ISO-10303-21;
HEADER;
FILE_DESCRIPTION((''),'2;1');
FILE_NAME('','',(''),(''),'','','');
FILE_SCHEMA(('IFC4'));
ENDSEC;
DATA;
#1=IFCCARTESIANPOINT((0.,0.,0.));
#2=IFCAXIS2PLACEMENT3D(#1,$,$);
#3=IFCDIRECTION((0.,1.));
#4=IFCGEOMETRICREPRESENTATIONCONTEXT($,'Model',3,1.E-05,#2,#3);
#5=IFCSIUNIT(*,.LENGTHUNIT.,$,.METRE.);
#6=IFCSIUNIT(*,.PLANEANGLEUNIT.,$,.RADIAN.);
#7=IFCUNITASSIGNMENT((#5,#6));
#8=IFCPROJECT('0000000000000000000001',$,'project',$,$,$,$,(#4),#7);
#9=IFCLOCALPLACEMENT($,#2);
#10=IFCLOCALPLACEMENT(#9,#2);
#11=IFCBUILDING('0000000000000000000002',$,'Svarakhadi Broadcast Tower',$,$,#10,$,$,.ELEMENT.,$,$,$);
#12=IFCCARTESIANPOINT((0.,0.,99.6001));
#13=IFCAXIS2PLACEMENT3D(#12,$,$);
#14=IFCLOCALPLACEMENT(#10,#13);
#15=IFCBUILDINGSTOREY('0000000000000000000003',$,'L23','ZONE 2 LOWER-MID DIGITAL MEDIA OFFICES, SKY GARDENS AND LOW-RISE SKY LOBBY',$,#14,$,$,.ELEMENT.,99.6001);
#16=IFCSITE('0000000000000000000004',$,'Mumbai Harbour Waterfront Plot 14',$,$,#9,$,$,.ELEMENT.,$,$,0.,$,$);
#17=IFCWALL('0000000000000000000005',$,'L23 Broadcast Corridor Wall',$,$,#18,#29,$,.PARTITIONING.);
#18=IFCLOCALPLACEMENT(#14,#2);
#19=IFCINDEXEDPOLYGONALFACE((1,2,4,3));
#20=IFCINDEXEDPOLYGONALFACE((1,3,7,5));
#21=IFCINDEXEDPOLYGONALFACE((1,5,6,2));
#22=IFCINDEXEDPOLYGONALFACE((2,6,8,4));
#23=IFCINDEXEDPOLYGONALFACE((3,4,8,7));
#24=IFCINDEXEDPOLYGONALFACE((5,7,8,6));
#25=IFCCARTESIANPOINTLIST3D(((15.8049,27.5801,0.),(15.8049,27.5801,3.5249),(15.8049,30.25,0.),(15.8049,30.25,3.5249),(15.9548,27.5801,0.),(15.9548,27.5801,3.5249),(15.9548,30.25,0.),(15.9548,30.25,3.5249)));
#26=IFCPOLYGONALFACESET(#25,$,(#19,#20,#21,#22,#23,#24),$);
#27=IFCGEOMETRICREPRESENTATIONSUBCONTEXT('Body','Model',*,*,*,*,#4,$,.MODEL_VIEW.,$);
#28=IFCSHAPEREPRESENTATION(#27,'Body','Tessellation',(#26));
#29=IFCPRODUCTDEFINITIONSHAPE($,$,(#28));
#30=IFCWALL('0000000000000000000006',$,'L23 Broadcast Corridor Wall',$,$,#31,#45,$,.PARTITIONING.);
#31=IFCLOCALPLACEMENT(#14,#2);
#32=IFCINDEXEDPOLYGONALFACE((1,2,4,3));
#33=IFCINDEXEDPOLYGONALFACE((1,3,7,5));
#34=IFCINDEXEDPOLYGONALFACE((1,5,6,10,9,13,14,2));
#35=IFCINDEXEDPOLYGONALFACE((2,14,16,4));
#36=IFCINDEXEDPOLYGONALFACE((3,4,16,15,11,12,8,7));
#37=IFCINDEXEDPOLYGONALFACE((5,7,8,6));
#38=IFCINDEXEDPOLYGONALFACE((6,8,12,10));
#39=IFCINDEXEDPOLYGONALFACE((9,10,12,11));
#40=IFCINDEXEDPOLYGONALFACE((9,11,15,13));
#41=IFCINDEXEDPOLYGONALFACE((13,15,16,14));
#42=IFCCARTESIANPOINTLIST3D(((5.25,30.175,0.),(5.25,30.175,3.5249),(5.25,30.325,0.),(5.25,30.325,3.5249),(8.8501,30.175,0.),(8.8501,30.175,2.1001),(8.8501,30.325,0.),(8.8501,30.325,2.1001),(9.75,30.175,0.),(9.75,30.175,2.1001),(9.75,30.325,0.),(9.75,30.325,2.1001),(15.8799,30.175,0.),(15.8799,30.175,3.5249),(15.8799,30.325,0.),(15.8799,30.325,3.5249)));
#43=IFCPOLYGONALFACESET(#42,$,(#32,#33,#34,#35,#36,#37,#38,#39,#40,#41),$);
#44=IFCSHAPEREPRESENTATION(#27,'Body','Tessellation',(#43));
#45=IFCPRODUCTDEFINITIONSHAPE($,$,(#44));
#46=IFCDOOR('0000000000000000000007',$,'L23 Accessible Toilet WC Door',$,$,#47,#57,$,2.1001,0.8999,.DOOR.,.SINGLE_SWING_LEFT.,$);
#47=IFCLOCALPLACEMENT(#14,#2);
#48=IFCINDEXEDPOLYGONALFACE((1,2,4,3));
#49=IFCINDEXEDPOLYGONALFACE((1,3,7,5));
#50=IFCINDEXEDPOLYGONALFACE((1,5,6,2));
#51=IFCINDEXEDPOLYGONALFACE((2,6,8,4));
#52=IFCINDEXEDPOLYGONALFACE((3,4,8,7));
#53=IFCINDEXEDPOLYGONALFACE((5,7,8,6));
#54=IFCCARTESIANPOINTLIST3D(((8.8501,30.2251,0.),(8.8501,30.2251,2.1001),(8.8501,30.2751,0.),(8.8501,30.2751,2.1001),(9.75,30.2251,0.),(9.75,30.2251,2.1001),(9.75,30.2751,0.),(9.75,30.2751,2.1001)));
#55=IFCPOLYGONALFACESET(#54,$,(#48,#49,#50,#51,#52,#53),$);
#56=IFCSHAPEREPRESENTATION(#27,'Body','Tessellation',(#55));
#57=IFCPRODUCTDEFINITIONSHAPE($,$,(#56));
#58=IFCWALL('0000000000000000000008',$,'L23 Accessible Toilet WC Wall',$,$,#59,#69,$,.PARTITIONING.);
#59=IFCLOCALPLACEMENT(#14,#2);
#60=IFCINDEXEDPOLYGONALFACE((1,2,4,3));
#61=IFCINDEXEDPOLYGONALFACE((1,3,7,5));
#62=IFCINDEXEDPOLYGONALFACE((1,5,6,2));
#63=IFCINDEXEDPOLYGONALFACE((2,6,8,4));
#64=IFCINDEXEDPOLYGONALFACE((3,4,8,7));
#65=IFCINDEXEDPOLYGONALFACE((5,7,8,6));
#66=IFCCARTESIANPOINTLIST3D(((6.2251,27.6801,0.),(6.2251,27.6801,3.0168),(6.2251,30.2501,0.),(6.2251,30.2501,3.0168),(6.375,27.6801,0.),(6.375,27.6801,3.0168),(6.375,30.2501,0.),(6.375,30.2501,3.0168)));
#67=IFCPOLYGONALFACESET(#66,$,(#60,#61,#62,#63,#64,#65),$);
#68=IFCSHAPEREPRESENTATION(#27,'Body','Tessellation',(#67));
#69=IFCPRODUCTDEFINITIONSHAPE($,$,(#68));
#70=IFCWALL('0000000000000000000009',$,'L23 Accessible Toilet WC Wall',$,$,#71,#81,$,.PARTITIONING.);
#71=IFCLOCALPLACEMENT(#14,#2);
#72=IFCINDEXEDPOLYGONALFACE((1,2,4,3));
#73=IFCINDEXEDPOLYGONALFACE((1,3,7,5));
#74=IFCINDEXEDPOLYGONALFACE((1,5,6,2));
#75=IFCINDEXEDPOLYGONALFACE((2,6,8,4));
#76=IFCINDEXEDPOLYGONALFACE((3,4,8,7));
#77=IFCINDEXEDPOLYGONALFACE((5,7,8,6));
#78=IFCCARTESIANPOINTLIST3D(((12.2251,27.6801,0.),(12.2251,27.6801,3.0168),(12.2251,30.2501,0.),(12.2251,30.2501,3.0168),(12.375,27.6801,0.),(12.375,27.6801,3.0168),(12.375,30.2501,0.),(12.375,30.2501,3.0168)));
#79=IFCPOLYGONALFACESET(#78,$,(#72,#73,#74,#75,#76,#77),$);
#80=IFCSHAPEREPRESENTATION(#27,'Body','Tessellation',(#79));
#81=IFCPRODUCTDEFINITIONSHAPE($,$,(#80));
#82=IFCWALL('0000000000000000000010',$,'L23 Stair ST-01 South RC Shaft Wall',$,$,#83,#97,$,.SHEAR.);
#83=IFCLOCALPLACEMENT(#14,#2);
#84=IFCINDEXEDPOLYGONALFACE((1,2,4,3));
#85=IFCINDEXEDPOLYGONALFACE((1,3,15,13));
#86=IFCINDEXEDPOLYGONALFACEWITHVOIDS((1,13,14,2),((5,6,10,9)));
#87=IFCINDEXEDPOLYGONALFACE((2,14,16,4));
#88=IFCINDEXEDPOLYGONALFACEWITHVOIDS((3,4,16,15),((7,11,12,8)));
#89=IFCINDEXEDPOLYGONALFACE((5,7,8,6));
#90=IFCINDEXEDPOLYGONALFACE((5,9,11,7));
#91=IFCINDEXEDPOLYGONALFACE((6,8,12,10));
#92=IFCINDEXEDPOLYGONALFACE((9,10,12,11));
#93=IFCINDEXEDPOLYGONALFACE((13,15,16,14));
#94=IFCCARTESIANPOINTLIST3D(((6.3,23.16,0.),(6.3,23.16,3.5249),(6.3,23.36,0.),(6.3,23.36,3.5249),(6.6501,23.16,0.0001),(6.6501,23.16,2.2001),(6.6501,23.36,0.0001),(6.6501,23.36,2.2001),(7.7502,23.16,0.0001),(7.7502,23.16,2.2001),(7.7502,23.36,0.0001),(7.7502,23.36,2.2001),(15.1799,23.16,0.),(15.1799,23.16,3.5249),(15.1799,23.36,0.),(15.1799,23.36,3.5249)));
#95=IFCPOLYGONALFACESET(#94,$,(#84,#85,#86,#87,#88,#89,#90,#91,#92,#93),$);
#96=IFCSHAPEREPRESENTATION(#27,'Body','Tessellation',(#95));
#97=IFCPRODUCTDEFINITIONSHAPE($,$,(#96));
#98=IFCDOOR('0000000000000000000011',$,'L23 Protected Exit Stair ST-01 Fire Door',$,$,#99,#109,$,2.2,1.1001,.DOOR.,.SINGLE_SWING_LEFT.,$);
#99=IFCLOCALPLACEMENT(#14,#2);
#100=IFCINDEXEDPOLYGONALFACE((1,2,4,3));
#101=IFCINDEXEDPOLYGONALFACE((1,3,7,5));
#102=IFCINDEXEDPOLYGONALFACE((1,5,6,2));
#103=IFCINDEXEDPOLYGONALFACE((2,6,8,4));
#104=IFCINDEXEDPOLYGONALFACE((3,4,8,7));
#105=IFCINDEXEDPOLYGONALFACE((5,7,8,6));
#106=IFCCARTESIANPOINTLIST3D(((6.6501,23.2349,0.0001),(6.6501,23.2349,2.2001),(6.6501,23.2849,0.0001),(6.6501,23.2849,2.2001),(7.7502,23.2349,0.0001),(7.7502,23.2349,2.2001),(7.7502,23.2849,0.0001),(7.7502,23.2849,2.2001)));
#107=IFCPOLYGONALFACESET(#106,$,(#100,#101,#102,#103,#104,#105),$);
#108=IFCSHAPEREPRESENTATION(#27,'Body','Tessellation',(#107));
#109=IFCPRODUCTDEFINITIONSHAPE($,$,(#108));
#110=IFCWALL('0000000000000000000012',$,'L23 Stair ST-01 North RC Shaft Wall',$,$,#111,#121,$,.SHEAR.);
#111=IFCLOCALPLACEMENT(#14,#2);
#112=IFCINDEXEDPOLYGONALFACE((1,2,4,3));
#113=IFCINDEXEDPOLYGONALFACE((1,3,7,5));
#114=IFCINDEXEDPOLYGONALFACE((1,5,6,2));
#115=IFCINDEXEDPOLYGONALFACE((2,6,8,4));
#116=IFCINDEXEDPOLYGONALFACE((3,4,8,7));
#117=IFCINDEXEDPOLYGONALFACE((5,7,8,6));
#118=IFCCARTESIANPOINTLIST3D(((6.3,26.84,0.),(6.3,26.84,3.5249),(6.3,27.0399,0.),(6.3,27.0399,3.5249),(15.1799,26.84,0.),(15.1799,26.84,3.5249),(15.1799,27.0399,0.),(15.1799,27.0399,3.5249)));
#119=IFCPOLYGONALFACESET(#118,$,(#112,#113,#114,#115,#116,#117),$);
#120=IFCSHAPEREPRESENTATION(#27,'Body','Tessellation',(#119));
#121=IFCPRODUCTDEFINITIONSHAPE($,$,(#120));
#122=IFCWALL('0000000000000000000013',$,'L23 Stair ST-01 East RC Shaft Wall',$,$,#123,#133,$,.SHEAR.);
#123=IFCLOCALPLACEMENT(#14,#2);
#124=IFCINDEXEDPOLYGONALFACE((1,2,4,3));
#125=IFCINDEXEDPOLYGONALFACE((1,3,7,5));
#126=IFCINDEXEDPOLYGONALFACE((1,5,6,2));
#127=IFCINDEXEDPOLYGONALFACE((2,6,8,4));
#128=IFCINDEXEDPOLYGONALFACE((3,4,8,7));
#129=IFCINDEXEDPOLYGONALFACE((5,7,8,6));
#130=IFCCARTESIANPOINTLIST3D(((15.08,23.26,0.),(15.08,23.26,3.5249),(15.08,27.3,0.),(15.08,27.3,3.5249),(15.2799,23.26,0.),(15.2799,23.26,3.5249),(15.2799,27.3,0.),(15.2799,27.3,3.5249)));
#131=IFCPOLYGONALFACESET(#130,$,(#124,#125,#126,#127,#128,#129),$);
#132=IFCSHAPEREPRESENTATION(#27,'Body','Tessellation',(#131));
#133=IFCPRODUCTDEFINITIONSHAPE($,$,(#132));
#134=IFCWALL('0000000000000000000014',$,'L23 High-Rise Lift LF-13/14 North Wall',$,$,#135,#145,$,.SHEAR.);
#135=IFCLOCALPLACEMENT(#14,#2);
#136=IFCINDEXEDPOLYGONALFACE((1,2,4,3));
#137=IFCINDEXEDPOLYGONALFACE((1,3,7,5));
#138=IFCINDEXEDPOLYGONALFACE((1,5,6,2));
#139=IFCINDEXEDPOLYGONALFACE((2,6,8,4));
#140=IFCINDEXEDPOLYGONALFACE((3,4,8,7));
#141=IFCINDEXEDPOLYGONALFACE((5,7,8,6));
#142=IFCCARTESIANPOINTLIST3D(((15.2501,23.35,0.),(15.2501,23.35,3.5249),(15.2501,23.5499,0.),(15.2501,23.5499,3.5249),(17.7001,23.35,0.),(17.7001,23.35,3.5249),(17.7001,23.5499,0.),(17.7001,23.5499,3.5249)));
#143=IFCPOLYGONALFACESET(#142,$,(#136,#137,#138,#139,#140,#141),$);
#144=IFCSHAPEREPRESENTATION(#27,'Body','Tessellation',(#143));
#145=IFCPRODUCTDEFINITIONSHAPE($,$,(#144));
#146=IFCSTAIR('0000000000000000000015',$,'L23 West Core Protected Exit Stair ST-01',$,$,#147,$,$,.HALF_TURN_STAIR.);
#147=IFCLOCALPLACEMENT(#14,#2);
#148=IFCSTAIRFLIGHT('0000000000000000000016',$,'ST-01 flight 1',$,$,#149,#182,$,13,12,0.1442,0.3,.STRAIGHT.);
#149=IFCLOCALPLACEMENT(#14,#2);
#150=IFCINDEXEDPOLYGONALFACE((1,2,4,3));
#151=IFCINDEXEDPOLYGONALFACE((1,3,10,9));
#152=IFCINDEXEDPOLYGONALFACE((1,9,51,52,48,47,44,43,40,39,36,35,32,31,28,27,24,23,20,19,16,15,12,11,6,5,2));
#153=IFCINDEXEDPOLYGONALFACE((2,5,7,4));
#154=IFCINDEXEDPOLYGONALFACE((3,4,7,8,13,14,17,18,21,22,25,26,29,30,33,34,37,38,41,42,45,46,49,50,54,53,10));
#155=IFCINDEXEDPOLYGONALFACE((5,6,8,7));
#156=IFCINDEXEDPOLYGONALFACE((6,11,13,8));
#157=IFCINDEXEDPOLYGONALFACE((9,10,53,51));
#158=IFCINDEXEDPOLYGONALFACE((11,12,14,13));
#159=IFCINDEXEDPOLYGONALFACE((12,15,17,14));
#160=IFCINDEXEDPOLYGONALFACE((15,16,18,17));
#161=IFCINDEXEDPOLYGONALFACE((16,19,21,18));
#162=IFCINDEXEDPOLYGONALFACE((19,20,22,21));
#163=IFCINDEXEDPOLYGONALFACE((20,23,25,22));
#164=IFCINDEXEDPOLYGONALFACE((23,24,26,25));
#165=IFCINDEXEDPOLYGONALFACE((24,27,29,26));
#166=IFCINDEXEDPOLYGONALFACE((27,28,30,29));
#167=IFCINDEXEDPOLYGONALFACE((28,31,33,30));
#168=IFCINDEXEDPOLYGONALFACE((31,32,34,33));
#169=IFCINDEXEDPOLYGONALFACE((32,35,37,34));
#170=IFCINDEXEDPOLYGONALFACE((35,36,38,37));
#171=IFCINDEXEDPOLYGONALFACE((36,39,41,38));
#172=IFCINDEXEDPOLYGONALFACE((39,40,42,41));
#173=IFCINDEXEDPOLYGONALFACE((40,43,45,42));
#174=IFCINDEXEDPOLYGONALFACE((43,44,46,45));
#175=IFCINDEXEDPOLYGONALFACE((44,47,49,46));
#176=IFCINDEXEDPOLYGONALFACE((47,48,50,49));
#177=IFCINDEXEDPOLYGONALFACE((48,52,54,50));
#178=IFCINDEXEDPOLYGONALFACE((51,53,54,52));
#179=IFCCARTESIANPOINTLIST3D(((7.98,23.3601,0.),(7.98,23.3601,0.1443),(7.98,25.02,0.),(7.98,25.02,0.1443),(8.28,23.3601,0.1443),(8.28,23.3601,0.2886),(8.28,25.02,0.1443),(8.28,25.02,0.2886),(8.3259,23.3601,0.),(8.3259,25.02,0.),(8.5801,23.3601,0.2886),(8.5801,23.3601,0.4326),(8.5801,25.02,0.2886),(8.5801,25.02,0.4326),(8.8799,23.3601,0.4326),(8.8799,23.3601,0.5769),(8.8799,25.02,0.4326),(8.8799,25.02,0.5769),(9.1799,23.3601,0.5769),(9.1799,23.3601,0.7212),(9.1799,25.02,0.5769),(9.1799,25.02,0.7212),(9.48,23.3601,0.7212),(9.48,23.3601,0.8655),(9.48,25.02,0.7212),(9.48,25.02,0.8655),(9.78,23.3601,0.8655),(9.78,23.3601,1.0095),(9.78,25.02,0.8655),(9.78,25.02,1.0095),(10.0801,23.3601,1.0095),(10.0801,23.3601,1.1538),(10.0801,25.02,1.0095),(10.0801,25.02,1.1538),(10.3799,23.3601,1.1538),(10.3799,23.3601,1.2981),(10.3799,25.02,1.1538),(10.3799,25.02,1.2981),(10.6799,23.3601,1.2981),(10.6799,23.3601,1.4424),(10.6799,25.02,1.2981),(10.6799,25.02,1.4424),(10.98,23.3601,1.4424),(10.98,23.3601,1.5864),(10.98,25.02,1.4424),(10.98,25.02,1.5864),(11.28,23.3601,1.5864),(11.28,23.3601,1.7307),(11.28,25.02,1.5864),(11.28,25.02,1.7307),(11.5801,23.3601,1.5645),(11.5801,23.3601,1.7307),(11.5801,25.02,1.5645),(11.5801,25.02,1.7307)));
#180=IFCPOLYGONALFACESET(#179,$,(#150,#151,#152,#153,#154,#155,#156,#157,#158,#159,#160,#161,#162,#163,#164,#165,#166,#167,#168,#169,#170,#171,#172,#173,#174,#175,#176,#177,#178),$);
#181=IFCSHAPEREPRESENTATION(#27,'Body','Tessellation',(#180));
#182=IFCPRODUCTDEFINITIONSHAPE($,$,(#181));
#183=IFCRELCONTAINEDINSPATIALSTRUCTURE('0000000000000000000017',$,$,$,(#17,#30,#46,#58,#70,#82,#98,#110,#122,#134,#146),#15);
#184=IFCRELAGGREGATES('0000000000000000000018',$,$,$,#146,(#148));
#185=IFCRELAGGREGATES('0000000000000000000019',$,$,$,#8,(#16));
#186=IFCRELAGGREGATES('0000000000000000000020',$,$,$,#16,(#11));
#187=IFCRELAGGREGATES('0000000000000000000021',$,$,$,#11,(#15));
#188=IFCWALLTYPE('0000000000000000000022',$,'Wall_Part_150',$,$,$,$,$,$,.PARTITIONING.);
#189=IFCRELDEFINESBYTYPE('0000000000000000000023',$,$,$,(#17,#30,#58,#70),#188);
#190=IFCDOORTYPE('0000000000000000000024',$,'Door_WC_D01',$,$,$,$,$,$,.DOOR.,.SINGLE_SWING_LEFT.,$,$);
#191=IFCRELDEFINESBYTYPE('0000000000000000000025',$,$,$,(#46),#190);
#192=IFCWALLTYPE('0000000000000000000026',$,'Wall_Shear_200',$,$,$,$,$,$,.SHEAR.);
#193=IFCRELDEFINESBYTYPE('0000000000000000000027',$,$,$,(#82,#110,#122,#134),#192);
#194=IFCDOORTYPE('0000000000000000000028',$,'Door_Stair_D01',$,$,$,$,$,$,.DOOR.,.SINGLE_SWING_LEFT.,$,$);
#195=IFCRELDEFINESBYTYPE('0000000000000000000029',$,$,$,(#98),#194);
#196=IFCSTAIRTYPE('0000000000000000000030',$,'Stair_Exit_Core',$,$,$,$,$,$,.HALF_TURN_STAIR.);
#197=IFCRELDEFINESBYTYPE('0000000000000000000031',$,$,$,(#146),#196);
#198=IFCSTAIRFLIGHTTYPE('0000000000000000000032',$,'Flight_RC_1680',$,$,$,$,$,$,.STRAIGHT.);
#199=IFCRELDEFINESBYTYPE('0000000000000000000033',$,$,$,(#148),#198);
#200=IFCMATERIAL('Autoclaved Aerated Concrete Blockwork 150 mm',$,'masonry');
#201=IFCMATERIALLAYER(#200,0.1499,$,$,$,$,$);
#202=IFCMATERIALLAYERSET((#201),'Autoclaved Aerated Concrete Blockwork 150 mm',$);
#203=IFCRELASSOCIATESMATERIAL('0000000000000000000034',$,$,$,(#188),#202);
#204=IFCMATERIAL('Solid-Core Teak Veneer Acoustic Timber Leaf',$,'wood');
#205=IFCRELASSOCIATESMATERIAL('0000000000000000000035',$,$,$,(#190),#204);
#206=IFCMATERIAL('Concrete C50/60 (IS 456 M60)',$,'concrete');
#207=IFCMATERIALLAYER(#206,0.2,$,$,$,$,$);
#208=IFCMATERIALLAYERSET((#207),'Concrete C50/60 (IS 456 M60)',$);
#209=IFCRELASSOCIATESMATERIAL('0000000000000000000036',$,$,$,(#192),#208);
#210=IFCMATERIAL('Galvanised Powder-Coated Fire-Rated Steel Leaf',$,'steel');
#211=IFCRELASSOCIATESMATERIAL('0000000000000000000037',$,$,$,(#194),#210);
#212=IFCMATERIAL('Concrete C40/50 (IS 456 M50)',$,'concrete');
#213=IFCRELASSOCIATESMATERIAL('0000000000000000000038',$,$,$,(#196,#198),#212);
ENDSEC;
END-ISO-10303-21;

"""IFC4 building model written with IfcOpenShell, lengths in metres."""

from ifc_helpers import new_model, si_unit, direction, frame, frame_2d, origin, place, context, subcontext, project, spatial, polyline, rectangle, outline, extrude, material, layer, layer_set, type_object, element, fill, aggregate, save


model = new_model("IFC4")

# Units and contexts
model_context = context("Model", 3, precision=1e-05, world=origin(), true_north=direction((0.0, 1.0)))
body_context = subcontext(model_context, "Body", "Model", "MODEL_VIEW")
ifc_project = project(units=[si_unit("LENGTHUNIT", "METRE"), si_unit("PLANEANGLEUNIT", "RADIAN")], contexts=[model_context])

# Site, building, storey
site_placement = place(None, origin())
site = spatial("IfcSite", under=ifc_project, at=site_placement, Name="Mumbai Harbour Waterfront Plot 14", CompositionType="ELEMENT", RefElevation=0.0)
building_placement = place(site_placement, origin())
building = spatial("IfcBuilding", under=site, at=building_placement, Name="Svarakhadi Broadcast Tower", CompositionType="ELEMENT")
storey_placement = place(building_placement, frame((0.0, 0.0, 99.6001)))
storey = spatial("IfcBuildingStorey", under=building, at=storey_placement, Name="L23", Description="ZONE 2 LOWER-MID DIGITAL MEDIA OFFICES, SKY GARDENS AND LOW-RISE SKY LOBBY", CompositionType="ELEMENT", Elevation=99.6001)

# Shared definitions
ifc_material_1 = material(Name="Concrete C50/60 (IS 456 M60)", Category="concrete")

# Shared definitions
ifc_material_2 = material(Name="Concrete C40/50 (IS 456 M50)", Category="concrete")

# Shared definitions
ifc_material_3 = material(Name="Autoclaved Aerated Concrete Blockwork 150 mm", Category="masonry")
ifc_layer_1 = layer(ifc_material_3, 0.1499)
ifc_layer_set_1 = layer_set([ifc_layer_1], Name="Autoclaved Aerated Concrete Blockwork 150 mm")
wall_type_1 = type_object("IfcWallType", Name="Wall_Part_150", PredefinedType="PARTITIONING", material=ifc_layer_set_1)
ifc_material_4 = material(Name="Galvanised Powder-Coated Fire-Rated Steel Leaf", Category="steel")

# Wall
wall_1_placement = place(storey_placement, frame((15.8799, 27.5801, 0.0), z_axis=(0.0, 0.0, 1.0), x_axis=(0.0, 1.0, 0.0)))
element("IfcWall", 1, at=wall_1_placement, inside=storey, type_object=wall_type_1, Name="L23 Broadcast Corridor Wall", PredefinedType="PARTITIONING", context=body_context, shape_type="SweptSolid", body=[
    extrude(rectangle(XDim=2.6699, YDim=0.1499, at=frame_2d((1.335, 0.0))), origin(), (0.0, 0.0, 1.0), 3.5249),
])

# Wall, opening, door
wall_2_placement = place(storey_placement, frame((15.8799, 30.25, 0.0), z_axis=(0.0, 0.0, 1.0), x_axis=(-1.0, 0.0, 0.0)))
wall_2 = element("IfcWall", 2, at=wall_2_placement, inside=storey, type_object=wall_type_1, Name="L23 Broadcast Corridor Wall", PredefinedType="PARTITIONING", context=body_context, shape_type="SweptSolid", body=[
    extrude(rectangle(XDim=10.6299, YDim=0.1499, at=frame_2d((5.3149, 0.0))), origin(), (0.0, 0.0, 1.0), 3.5249),
])
opening_1_placement = place(wall_2_placement, frame((6.1299, 0.0, 0.0)))
opening_1 = element("IfcOpeningElement", 3, at=opening_1_placement, cuts=wall_2, PredefinedType="OPENING", context=body_context, shape_type="SweptSolid", body=[
    extrude(rectangle(XDim=0.8999, YDim=2.1001, at=frame_2d((0.45, 1.05))), frame((0.0, 0.085, 0.0), z_axis=(0.0, -1.0, 0.0), x_axis=(1.0, 0.0, 0.0)), (0.0, 0.0, 1.0), 0.1699),
])
ifc_material_5 = material(Name="Solid-Core Teak Veneer Acoustic Timber Leaf", Category="wood")
door_type_1 = type_object("IfcDoorType", Name="Door_WC_D01", OperationType="SINGLE_SWING_LEFT", PredefinedType="DOOR", material=ifc_material_5)
door_1_placement = place(opening_1_placement, origin())
door_1 = element("IfcDoor", 4, at=door_1_placement, inside=storey, type_object=door_type_1, Name="L23 Accessible Toilet WC Door", OperationType="SINGLE_SWING_LEFT", OverallHeight=2.1001, OverallWidth=0.8999, PredefinedType="DOOR", context=body_context, shape_type="SweptSolid", body=[
    extrude(rectangle(XDim=0.8999, YDim=2.1001, at=frame_2d((0.45, 1.05))), frame((0.0, 0.0249, 0.0), z_axis=(0.0, -1.0, 0.0), x_axis=(1.0, 0.0, 0.0)), (0.0, 0.0, 1.0), 0.05),
])
fill(opening_1, door_1)

# Walls
for number, where, z_axis, x_axis, name in (
    (5, (6.3, 27.6799, 0.0), (0.0, 0.0, 1.0), (0.0, 1.0, 0.0), "L23 Accessible Toilet WC Wall"),
    (6, (12.3, 27.6799, 0.0), (0.0, 0.0, 1.0), (0.0, 1.0, 0.0), "L23 Accessible Toilet WC Wall"),
):
    element("IfcWall", number, at=place(storey_placement, frame(where, z_axis=z_axis, x_axis=x_axis)), inside=storey, type_object=wall_type_1, Name=name, PredefinedType="PARTITIONING", context=body_context, shape_type="SweptSolid", body=[
        extrude(rectangle(XDim=2.5701, YDim=0.1499, at=frame_2d((1.2852, 0.0))), origin(), (0.0, 0.0, 1.0), 3.0168),
    ])

# Wall, opening, door
ifc_layer_2 = layer(ifc_material_1, 0.2)
ifc_layer_set_2 = layer_set([ifc_layer_2], Name="Concrete C50/60 (IS 456 M60)")
wall_type_2 = type_object("IfcWallType", Name="Wall_Shear_200", PredefinedType="SHEAR", material=ifc_layer_set_2)
wall_3_placement = place(storey_placement, frame((6.3, 23.26, 0.0), z_axis=(0.0, 0.0, 1.0), x_axis=(1.0, 0.0, 0.0)))
wall_3 = element("IfcWall", 7, at=wall_3_placement, inside=storey, type_object=wall_type_2, Name="L23 Stair ST-01 South RC Shaft Wall", PredefinedType="SHEAR", context=body_context, shape_type="SweptSolid", body=[
    extrude(rectangle(XDim=8.8799, YDim=0.2, at=frame_2d((4.4399, 0.0))), origin(), (0.0, 0.0, 1.0), 3.5249),
])
opening_2_placement = place(wall_3_placement, frame((0.3501, 0.0, 0.0)))
opening_2 = element("IfcOpeningElement", 8, at=opening_2_placement, cuts=wall_3, PredefinedType="OPENING", context=body_context, shape_type="SweptSolid", body=[
    extrude(rectangle(XDim=1.1001, YDim=2.2, at=frame_2d((0.55, 1.1001))), frame((0.0, 0.1099, 0.0), z_axis=(0.0, -1.0, 0.0), x_axis=(1.0, 0.0, 0.0)), (0.0, 0.0, 1.0), 0.22),
])
door_type_2 = type_object("IfcDoorType", Name="Door_Stair_D01", OperationType="SINGLE_SWING_LEFT", PredefinedType="DOOR", material=ifc_material_4)
door_2_placement = place(opening_2_placement, origin())
door_2 = element("IfcDoor", 9, at=door_2_placement, inside=storey, type_object=door_type_2, Name="L23 Protected Exit Stair ST-01 Fire Door", OperationType="SINGLE_SWING_LEFT", OverallHeight=2.2, OverallWidth=1.1001, PredefinedType="DOOR", context=body_context, shape_type="SweptSolid", body=[
    extrude(rectangle(XDim=1.1001, YDim=2.2, at=frame_2d((0.55, 1.1001))), frame((0.0, 0.0249, 0.0), z_axis=(0.0, -1.0, 0.0), x_axis=(1.0, 0.0, 0.0)), (0.0, 0.0, 1.0), 0.05),
])
fill(opening_2, door_2)

# Walls
wall_4_placement = place(storey_placement, frame((6.3, 26.9399, 0.0), z_axis=(0.0, 0.0, 1.0), x_axis=(1.0, 0.0, 0.0)))
element("IfcWall", 10, at=wall_4_placement, inside=storey, type_object=wall_type_2, Name="L23 Stair ST-01 North RC Shaft Wall", PredefinedType="SHEAR", context=body_context, shape_type="SweptSolid", body=[
    extrude(rectangle(XDim=8.8799, YDim=0.2, at=frame_2d((4.4399, 0.0))), origin(), (0.0, 0.0, 1.0), 3.5249),
])
wall_5_placement = place(storey_placement, frame((15.1799, 23.26, 0.0), z_axis=(0.0, 0.0, 1.0), x_axis=(0.0, 1.0, 0.0)))
element("IfcWall", 11, at=wall_5_placement, inside=storey, type_object=wall_type_2, Name="L23 Stair ST-01 East RC Shaft Wall", PredefinedType="SHEAR", context=body_context, shape_type="SweptSolid", body=[
    extrude(rectangle(XDim=4.04, YDim=0.2, at=frame_2d((2.02, 0.0))), origin(), (0.0, 0.0, 1.0), 3.5249),
])
wall_6_placement = place(storey_placement, frame((15.25, 23.45, 0.0), z_axis=(0.0, 0.0, 1.0), x_axis=(1.0, 0.0, 0.0)))
element("IfcWall", 12, at=wall_6_placement, inside=storey, type_object=wall_type_2, Name="L23 High-Rise Lift LF-13/14 North Wall", PredefinedType="SHEAR", context=body_context, shape_type="SweptSolid", body=[
    extrude(rectangle(XDim=2.45, YDim=0.2, at=frame_2d((1.2251, 0.0))), origin(), (0.0, 0.0, 1.0), 3.5249),
])

# Stair, stair flight
stair_type = type_object("IfcStairType", Name="Stair_Exit_Core", PredefinedType="HALF_TURN_STAIR", material=ifc_material_2)
stair_placement = place(storey_placement, origin())
stair = element("IfcStair", 13, at=stair_placement, inside=storey, type_object=stair_type, Name="L23 West Core Protected Exit Stair ST-01", PredefinedType="HALF_TURN_STAIR")
stair_flight_type = type_object("IfcStairFlightType", Name="Flight_RC_1680", PredefinedType="STRAIGHT", material=ifc_material_2)
stair_flight_1_placement = place(storey_placement, frame((7.98, 24.1899, 0.0), z_axis=(0.0, 0.0, 1.0), x_axis=(1.0, 0.0, 0.0)))
stair_flight_1 = element("IfcStairFlight", 14, at=stair_flight_1_placement, type_object=stair_flight_type, Name="ST-01 flight 1", NumberOfRisers=13, NumberOfTreads=12, PredefinedType="STRAIGHT", RiserHeight=0.1442, TreadLength=0.3, context=body_context, shape_type="SweptSolid", body=[
    extrude(outline(polyline([(0.0, 0.0), (0.0, 0.1443), (0.3, 0.1443), (0.3, 0.2886), (0.6001, 0.2886), (0.6001, 0.4326), (0.8999, 0.4326), (0.8999, 0.5769), (1.2, 0.5769), (1.2, 0.7212), (1.5, 0.7212), (1.5, 0.8655), (1.8, 0.8655), (1.8, 1.0095), (2.1001, 1.0095), (2.1001, 1.1538), (2.3999, 1.1538), (2.3999, 1.2981), (2.7, 1.2981), (2.7, 1.4424), (3.0, 1.4424), (3.0, 1.5864), (3.3, 1.5864), (3.3, 1.7307), (3.6001, 1.7307), (3.6001, 1.875), (3.6001, 1.5645), (0.3459, 0.0), (0.0, 0.0)])), frame((0.0, 0.8301, 0.0), z_axis=(0.0, -1.0, 0.0), x_axis=(1.0, 0.0, 0.0)), (0.0, 0.0, 1.0), 1.6599),
])
aggregate(stair, [stair_flight_1])

save(model, "model.ifc")
